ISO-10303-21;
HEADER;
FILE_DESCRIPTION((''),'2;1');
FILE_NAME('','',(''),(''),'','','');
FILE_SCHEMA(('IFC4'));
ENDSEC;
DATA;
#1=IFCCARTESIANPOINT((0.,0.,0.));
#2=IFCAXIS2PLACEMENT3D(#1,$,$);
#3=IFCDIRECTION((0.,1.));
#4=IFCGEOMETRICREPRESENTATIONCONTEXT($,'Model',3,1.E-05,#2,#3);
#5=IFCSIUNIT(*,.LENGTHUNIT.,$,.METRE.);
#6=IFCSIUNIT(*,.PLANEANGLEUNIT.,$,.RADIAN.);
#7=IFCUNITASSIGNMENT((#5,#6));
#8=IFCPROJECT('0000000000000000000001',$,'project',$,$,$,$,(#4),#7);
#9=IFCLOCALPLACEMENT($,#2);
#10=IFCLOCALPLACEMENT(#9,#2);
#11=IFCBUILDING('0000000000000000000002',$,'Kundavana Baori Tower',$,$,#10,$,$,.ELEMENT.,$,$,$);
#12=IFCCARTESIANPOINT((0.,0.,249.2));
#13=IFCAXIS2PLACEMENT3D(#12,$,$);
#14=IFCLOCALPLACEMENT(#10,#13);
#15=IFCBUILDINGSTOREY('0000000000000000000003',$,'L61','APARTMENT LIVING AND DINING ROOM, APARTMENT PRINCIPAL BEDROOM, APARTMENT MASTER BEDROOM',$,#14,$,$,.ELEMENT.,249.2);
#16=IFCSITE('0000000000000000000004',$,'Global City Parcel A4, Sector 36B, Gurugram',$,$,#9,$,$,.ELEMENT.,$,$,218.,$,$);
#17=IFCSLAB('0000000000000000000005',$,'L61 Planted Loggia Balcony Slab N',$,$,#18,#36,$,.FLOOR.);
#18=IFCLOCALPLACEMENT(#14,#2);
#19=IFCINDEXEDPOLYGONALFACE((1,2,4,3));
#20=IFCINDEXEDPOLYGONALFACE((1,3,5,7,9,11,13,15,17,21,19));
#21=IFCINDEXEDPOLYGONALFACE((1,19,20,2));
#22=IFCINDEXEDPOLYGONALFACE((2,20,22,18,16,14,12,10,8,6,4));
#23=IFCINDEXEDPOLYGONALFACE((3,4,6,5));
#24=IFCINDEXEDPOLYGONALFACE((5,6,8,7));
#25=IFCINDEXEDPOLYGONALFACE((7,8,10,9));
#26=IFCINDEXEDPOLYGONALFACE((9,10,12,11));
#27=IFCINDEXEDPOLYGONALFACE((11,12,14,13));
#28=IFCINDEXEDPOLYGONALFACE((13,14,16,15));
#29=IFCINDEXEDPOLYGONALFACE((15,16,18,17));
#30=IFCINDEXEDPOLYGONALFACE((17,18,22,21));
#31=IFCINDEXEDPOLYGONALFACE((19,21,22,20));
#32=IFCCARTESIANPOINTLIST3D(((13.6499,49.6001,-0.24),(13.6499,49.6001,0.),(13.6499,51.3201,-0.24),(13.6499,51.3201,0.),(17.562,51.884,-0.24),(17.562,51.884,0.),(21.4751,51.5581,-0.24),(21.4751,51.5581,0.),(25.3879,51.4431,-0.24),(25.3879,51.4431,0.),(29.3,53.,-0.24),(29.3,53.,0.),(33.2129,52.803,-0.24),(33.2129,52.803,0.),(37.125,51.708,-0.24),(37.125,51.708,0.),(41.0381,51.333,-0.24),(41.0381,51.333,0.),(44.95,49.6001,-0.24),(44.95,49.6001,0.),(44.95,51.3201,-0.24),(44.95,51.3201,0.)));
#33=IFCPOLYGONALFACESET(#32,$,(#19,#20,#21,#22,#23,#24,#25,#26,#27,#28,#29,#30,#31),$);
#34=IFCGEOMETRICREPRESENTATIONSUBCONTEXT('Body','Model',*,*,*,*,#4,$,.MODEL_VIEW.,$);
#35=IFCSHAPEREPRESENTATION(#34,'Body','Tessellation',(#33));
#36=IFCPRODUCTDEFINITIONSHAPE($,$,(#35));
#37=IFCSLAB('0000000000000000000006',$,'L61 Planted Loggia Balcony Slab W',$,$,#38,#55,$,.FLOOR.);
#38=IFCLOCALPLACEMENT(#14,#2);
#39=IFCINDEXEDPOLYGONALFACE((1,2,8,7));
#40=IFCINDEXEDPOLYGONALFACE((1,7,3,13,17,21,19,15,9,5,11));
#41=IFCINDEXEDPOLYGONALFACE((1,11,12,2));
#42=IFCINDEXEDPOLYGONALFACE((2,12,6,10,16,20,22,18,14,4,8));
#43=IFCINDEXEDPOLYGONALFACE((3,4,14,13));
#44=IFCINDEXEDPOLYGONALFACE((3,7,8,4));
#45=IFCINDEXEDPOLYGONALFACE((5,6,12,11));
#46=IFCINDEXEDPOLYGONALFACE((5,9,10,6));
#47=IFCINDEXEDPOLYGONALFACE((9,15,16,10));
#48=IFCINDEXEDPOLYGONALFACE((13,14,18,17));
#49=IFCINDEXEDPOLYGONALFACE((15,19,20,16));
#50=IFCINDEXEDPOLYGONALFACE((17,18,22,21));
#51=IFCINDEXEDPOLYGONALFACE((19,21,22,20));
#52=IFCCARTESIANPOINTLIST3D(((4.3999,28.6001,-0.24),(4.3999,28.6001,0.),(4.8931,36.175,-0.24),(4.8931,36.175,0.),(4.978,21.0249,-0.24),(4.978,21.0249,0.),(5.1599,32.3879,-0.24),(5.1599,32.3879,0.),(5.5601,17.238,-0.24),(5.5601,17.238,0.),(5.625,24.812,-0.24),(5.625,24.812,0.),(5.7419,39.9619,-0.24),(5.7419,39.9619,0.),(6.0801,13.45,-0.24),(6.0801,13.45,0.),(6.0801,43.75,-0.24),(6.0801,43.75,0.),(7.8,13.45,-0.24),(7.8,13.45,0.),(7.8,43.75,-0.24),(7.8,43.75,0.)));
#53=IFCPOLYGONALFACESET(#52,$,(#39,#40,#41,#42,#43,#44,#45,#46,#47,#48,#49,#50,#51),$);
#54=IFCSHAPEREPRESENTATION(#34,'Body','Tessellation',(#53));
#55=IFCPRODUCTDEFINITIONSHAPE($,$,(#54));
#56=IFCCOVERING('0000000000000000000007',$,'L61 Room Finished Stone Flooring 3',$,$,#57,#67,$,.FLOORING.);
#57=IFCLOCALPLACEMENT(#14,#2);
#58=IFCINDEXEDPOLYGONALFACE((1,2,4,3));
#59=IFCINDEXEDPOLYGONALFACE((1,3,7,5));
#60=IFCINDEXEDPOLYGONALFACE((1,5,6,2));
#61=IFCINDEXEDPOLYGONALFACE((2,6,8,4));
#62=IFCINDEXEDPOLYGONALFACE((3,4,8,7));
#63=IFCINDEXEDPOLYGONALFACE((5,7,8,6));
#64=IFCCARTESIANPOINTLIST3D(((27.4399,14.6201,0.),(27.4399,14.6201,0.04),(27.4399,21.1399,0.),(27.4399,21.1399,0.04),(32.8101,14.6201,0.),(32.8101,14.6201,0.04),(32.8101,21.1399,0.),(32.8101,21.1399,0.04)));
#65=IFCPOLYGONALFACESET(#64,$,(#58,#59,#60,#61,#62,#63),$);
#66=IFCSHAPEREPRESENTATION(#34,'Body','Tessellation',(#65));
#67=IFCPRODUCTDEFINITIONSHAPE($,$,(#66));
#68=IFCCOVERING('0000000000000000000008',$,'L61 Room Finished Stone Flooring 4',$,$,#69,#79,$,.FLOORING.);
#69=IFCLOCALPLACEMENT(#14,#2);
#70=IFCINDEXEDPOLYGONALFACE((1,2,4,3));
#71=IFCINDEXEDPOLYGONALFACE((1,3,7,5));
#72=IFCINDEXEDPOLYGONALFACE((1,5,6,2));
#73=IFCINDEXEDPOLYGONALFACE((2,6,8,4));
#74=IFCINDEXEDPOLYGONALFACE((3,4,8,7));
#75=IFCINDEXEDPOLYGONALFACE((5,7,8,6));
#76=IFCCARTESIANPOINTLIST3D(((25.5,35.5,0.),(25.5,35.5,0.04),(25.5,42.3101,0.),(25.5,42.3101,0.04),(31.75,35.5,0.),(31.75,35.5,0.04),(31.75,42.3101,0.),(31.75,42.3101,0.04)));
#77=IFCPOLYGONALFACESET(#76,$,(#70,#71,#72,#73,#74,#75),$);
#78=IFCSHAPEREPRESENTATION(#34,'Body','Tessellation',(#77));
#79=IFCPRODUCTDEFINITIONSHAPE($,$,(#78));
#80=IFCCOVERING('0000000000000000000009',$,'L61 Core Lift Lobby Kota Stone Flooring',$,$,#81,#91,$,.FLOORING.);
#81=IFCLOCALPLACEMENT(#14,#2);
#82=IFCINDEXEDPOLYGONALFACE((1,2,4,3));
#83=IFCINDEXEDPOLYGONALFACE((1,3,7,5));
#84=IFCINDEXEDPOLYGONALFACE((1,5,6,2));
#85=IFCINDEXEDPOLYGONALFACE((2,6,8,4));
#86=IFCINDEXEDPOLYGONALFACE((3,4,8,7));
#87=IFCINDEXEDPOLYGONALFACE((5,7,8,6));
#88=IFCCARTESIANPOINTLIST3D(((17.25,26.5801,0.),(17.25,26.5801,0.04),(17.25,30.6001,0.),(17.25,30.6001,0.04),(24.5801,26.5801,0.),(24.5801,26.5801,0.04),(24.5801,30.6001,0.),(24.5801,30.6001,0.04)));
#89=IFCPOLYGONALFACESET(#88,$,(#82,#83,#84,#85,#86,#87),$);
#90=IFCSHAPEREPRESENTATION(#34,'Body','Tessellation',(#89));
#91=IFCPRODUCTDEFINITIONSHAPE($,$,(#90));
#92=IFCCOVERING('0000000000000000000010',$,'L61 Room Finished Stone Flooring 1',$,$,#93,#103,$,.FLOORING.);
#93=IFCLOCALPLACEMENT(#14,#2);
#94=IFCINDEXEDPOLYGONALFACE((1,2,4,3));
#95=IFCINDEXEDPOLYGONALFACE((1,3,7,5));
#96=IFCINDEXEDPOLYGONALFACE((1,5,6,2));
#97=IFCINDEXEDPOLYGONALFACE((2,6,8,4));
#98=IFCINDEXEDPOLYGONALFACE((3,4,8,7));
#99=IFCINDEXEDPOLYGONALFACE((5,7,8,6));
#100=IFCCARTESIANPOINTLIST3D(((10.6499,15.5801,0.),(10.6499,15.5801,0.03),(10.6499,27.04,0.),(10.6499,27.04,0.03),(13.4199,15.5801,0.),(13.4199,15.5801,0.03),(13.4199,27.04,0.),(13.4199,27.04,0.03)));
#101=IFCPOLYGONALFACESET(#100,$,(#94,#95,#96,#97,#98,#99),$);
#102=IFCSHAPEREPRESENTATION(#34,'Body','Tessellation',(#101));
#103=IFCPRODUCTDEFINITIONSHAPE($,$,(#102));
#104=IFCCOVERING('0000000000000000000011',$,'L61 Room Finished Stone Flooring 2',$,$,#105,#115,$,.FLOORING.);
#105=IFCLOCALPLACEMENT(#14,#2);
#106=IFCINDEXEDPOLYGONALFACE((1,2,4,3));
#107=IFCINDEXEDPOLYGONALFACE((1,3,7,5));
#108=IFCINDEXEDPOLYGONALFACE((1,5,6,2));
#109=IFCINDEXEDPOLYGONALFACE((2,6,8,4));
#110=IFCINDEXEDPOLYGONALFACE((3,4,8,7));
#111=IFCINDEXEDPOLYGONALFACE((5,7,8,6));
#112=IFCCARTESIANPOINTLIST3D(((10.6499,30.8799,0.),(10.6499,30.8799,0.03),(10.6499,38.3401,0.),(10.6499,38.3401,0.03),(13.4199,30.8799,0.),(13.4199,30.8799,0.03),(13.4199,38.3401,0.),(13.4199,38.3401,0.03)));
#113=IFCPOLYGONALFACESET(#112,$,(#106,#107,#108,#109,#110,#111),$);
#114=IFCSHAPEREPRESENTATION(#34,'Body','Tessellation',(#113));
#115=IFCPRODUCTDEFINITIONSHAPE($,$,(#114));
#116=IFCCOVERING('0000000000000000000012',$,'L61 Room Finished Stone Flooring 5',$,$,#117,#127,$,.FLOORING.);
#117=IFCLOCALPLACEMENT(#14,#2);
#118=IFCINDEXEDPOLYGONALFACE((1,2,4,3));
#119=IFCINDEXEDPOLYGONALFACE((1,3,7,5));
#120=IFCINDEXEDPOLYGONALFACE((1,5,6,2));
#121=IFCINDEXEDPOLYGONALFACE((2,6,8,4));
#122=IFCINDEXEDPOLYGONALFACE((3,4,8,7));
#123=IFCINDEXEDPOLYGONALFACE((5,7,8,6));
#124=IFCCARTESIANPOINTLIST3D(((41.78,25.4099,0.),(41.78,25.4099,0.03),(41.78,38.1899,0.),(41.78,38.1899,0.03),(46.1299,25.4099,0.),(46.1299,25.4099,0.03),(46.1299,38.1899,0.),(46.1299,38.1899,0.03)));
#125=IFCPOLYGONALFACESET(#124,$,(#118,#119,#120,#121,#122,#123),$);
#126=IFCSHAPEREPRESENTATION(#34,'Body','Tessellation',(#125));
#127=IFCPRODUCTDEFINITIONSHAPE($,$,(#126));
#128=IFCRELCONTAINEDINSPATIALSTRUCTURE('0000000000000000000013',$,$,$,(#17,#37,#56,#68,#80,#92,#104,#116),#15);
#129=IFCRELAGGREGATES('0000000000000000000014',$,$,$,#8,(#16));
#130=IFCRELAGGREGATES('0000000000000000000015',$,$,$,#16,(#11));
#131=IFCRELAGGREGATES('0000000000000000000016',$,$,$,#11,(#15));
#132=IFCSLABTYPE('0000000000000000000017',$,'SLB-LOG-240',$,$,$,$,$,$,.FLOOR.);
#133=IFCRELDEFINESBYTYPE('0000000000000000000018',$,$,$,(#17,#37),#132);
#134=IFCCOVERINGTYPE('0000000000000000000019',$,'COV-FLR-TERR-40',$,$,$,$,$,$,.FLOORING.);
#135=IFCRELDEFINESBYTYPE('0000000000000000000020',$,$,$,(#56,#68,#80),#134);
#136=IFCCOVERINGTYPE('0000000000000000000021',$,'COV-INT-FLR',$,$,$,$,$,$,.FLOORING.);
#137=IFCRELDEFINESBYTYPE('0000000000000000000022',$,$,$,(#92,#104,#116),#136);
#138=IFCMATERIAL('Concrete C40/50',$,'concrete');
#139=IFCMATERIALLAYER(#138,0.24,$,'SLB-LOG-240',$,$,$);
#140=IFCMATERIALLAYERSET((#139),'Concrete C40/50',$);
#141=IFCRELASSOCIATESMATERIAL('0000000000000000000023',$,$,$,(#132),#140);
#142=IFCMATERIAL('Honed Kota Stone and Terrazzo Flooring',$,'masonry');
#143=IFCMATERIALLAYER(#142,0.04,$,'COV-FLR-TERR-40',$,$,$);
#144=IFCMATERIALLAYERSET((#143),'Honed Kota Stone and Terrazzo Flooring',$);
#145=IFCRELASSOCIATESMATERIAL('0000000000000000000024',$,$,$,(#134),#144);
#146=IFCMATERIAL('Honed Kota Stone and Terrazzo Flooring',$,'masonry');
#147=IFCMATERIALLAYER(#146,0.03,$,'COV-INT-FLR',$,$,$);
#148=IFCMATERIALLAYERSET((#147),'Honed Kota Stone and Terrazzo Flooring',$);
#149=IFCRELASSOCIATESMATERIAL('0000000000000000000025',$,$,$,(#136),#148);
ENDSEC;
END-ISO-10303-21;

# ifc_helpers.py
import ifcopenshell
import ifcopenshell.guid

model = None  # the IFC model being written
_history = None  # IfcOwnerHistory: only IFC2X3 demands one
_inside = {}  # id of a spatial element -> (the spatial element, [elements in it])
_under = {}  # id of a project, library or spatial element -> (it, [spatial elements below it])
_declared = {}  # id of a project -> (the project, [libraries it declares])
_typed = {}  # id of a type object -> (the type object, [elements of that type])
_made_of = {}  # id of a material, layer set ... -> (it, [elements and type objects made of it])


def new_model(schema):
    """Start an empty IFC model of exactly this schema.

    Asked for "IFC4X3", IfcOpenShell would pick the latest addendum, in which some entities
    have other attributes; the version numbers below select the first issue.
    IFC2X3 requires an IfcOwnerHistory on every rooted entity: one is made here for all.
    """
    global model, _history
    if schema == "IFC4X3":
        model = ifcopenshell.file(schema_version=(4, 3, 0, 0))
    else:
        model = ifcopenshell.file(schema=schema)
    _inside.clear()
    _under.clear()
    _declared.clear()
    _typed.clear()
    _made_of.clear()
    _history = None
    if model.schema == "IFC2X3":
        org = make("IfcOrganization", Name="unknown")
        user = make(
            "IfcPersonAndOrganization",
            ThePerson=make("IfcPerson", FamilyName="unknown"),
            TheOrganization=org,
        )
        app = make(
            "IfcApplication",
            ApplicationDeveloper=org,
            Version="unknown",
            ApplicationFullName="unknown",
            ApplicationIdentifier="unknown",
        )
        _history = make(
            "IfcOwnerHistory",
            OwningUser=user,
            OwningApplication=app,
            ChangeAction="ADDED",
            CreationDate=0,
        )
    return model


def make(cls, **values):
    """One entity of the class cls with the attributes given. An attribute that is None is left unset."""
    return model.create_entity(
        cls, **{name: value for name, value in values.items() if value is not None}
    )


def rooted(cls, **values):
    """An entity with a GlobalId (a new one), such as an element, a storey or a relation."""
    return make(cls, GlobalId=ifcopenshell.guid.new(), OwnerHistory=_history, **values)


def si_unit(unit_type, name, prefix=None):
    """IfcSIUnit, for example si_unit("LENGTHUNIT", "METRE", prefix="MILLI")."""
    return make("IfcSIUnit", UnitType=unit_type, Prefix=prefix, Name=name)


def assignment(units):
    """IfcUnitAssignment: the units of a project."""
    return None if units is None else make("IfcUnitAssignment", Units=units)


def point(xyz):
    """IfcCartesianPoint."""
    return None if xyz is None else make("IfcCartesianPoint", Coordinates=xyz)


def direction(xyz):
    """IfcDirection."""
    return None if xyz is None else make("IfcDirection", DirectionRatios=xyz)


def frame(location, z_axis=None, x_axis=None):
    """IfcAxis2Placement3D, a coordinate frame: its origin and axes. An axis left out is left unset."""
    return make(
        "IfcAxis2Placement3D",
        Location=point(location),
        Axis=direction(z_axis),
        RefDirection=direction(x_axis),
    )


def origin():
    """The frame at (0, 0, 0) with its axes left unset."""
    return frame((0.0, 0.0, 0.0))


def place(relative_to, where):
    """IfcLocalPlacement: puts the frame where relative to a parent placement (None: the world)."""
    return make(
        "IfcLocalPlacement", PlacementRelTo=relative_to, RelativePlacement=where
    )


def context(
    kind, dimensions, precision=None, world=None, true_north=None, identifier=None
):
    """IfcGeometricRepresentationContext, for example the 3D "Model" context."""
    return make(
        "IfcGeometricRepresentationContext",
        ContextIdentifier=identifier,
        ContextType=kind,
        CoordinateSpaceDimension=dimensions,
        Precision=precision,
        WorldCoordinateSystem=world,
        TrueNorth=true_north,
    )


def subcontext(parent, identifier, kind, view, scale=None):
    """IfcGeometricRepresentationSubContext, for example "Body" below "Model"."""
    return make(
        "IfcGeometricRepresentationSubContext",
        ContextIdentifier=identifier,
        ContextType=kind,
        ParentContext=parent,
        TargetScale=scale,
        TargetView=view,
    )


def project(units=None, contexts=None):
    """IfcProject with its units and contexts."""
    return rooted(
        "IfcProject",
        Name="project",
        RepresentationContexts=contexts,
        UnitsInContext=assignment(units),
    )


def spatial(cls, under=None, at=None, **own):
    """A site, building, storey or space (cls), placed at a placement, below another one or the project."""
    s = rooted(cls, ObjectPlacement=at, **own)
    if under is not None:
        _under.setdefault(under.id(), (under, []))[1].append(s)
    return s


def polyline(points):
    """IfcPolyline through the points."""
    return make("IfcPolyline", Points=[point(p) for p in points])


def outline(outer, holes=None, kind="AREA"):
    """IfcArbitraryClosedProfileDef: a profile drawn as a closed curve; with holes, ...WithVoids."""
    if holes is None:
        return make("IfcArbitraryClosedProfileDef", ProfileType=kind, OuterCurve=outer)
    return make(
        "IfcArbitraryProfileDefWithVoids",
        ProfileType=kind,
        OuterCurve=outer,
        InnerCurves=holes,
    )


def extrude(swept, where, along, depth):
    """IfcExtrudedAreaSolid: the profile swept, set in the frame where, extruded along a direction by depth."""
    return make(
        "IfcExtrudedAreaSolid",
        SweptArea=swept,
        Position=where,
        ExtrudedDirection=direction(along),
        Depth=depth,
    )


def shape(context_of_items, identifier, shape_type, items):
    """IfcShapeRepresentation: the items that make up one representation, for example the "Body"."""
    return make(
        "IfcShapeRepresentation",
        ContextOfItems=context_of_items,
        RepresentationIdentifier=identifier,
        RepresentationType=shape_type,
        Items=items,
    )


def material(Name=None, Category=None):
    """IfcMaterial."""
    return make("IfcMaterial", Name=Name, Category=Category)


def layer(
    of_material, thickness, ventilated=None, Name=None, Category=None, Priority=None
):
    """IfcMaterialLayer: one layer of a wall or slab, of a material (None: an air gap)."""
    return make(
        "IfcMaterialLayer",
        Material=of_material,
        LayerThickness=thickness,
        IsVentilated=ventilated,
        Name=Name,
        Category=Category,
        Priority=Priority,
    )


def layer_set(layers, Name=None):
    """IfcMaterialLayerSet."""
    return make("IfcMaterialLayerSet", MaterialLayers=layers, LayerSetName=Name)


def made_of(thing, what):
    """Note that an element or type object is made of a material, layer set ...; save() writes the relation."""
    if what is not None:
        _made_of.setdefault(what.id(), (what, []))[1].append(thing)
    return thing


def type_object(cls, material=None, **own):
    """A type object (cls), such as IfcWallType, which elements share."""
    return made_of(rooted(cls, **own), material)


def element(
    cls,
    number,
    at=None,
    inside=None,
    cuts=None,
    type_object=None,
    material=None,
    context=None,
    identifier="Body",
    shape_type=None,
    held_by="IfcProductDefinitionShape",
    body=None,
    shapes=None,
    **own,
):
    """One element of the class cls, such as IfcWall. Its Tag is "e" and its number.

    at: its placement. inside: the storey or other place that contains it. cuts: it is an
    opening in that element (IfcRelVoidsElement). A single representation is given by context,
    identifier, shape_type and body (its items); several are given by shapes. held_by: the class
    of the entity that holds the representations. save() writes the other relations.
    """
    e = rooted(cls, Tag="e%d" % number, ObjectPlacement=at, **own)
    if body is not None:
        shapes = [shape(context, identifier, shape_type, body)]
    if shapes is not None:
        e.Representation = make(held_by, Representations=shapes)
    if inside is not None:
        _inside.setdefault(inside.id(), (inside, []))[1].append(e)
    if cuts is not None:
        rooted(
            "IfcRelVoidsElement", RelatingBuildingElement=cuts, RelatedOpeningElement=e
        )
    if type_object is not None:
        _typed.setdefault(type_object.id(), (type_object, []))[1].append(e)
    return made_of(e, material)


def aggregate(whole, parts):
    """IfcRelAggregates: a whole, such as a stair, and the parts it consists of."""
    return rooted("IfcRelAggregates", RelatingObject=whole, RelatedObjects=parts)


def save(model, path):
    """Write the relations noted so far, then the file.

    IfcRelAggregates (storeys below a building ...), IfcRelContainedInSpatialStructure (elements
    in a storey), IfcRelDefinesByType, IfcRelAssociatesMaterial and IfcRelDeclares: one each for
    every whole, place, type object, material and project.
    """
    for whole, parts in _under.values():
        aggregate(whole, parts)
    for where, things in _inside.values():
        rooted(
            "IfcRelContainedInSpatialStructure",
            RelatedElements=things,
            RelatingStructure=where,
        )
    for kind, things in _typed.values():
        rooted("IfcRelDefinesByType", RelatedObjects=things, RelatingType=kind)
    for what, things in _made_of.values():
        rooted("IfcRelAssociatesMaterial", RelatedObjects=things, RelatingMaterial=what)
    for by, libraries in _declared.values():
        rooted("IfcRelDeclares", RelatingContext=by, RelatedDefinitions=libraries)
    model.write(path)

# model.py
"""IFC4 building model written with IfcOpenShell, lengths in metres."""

from ifc_helpers import new_model, si_unit, direction, frame, origin, place, context, subcontext, project, spatial, polyline, outline, extrude, material, layer, layer_set, type_object, element, save


model = new_model("IFC4")

# Units and contexts
model_context = context("Model", 3, precision=1e-05, world=origin(), true_north=direction((0.0, 1.0)))
body_context = subcontext(model_context, "Body", "Model", "MODEL_VIEW")
ifc_project = project(units=[si_unit("LENGTHUNIT", "METRE"), si_unit("PLANEANGLEUNIT", "RADIAN")], contexts=[model_context])

# Site, building, storey
site_placement = place(None, origin())
site = spatial("IfcSite", under=ifc_project, at=site_placement, Name="Global City Parcel A4, Sector 36B, Gurugram", CompositionType="ELEMENT", RefElevation=218.0)
building_placement = place(site_placement, origin())
building = spatial("IfcBuilding", under=site, at=building_placement, Name="Kundavana Baori Tower", CompositionType="ELEMENT")
storey_placement = place(building_placement, frame((0.0, 0.0, 249.2)))
storey = spatial("IfcBuildingStorey", under=building, at=storey_placement, Name="L61", Description="APARTMENT LIVING AND DINING ROOM, APARTMENT PRINCIPAL BEDROOM, APARTMENT MASTER BEDROOM", CompositionType="ELEMENT", Elevation=249.2)

# Slabs
ifc_material_1 = material(Name="Concrete C40/50", Category="concrete")
ifc_layer_1 = layer(ifc_material_1, 0.24, Name="SLB-LOG-240")
ifc_layer_set_1 = layer_set([ifc_layer_1], Name="Concrete C40/50")
slab_type_1 = type_object("IfcSlabType", Name="SLB-LOG-240", PredefinedType="FLOOR", material=ifc_layer_set_1)
slab_1_placement = place(storey_placement, frame((0.0, 0.0, -0.24)))
element("IfcSlab", 1, at=slab_1_placement, inside=storey, type_object=slab_type_1, Name="L61 Planted Loggia Balcony Slab N", PredefinedType="FLOOR", context=body_context, shape_type="SweptSolid", body=[
    extrude(outline(polyline([(44.95, 49.6001), (13.6499, 49.6001), (13.6499, 51.3201), (17.562, 51.884), (21.4751, 51.5581), (25.3879, 51.4431), (29.3, 53.0), (33.2129, 52.803), (37.125, 51.708), (41.0381, 51.333), (44.95, 51.3201), (44.95, 49.6001)])), origin(), (0.0, 0.0, 1.0), 0.24),
])
slab_2_placement = place(storey_placement, frame((0.0, 0.0, -0.24)))
element("IfcSlab", 2, at=slab_2_placement, inside=storey, type_object=slab_type_1, Name="L61 Planted Loggia Balcony Slab W", PredefinedType="FLOOR", context=body_context, shape_type="SweptSolid", body=[
    extrude(outline(polyline([(7.8, 43.75), (7.8, 13.45), (6.0801, 13.45), (5.5601, 17.238), (4.978, 21.0249), (5.625, 24.812), (4.3999, 28.6001), (5.1599, 32.3879), (4.8931, 36.175), (5.7419, 39.9619), (6.0801, 43.75), (7.8, 43.75)])), origin(), (0.0, 0.0, 1.0), 0.24),
])

# Coverings
ifc_material_2 = material(Name="Honed Kota Stone and Terrazzo Flooring", Category="masonry")
ifc_layer_2 = layer(ifc_material_2, 0.04, Name="COV-FLR-TERR-40")
ifc_layer_set_2 = layer_set([ifc_layer_2], Name="Honed Kota Stone and Terrazzo Flooring")
covering_type_1 = type_object("IfcCoveringType", Name="COV-FLR-TERR-40", PredefinedType="FLOORING", material=ifc_layer_set_2)
covering_1_placement = place(storey_placement, origin())
element("IfcCovering", 3, at=covering_1_placement, inside=storey, type_object=covering_type_1, Name="L61 Room Finished Stone Flooring 3", PredefinedType="FLOORING", context=body_context, shape_type="SweptSolid", body=[
    extrude(outline(polyline([(27.4399, 14.6201), (32.8101, 14.6201), (32.8101, 21.1399), (27.4399, 21.1399), (27.4399, 14.6201)])), origin(), (0.0, 0.0, 1.0), 0.04),
])
covering_2_placement = place(storey_placement, origin())
element("IfcCovering", 4, at=covering_2_placement, inside=storey, type_object=covering_type_1, Name="L61 Room Finished Stone Flooring 4", PredefinedType="FLOORING", context=body_context, shape_type="SweptSolid", body=[
    extrude(outline(polyline([(25.5, 35.5), (31.75, 35.5), (31.75, 42.3101), (25.5, 42.3101), (25.5, 35.5)])), origin(), (0.0, 0.0, 1.0), 0.04),
])
covering_3_placement = place(storey_placement, origin())
element("IfcCovering", 5, at=covering_3_placement, inside=storey, type_object=covering_type_1, Name="L61 Core Lift Lobby Kota Stone Flooring", PredefinedType="FLOORING", context=body_context, shape_type="SweptSolid", body=[
    extrude(outline(polyline([(17.25, 26.5801), (24.5801, 26.5801), (24.5801, 30.6001), (17.25, 30.6001), (17.25, 26.5801)])), origin(), (0.0, 0.0, 1.0), 0.04),
])
ifc_material_3 = material(Name="Honed Kota Stone and Terrazzo Flooring", Category="masonry")
ifc_layer_3 = layer(ifc_material_3, 0.03, Name="COV-INT-FLR")
ifc_layer_set_3 = layer_set([ifc_layer_3], Name="Honed Kota Stone and Terrazzo Flooring")
covering_type_2 = type_object("IfcCoveringType", Name="COV-INT-FLR", PredefinedType="FLOORING", material=ifc_layer_set_3)
covering_4_placement = place(storey_placement, origin())
element("IfcCovering", 6, at=covering_4_placement, inside=storey, type_object=covering_type_2, Name="L61 Room Finished Stone Flooring 1", PredefinedType="FLOORING", context=body_context, shape_type="SweptSolid", body=[
    extrude(outline(polyline([(10.6499, 15.5801), (13.4199, 15.5801), (13.4199, 27.04), (10.6499, 27.04), (10.6499, 15.5801)])), origin(), (0.0, 0.0, 1.0), 0.03),
])
covering_5_placement = place(storey_placement, origin())
element("IfcCovering", 7, at=covering_5_placement, inside=storey, type_object=covering_type_2, Name="L61 Room Finished Stone Flooring 2", PredefinedType="FLOORING", context=body_context, shape_type="SweptSolid", body=[
    extrude(outline(polyline([(10.6499, 30.8799), (13.4199, 30.8799), (13.4199, 38.3401), (10.6499, 38.3401), (10.6499, 30.8799)])), origin(), (0.0, 0.0, 1.0), 0.03),
])
covering_6_placement = place(storey_placement, origin())
element("IfcCovering", 8, at=covering_6_placement, inside=storey, type_object=covering_type_2, Name="L61 Room Finished Stone Flooring 5", PredefinedType="FLOORING", context=body_context, shape_type="SweptSolid", body=[
    extrude(outline(polyline([(41.78, 25.4099), (46.1299, 25.4099), (46.1299, 38.1899), (41.78, 38.1899), (41.78, 25.4099)])), origin(), (0.0, 0.0, 1.0), 0.03),
])

save(model, "model.ifc")
